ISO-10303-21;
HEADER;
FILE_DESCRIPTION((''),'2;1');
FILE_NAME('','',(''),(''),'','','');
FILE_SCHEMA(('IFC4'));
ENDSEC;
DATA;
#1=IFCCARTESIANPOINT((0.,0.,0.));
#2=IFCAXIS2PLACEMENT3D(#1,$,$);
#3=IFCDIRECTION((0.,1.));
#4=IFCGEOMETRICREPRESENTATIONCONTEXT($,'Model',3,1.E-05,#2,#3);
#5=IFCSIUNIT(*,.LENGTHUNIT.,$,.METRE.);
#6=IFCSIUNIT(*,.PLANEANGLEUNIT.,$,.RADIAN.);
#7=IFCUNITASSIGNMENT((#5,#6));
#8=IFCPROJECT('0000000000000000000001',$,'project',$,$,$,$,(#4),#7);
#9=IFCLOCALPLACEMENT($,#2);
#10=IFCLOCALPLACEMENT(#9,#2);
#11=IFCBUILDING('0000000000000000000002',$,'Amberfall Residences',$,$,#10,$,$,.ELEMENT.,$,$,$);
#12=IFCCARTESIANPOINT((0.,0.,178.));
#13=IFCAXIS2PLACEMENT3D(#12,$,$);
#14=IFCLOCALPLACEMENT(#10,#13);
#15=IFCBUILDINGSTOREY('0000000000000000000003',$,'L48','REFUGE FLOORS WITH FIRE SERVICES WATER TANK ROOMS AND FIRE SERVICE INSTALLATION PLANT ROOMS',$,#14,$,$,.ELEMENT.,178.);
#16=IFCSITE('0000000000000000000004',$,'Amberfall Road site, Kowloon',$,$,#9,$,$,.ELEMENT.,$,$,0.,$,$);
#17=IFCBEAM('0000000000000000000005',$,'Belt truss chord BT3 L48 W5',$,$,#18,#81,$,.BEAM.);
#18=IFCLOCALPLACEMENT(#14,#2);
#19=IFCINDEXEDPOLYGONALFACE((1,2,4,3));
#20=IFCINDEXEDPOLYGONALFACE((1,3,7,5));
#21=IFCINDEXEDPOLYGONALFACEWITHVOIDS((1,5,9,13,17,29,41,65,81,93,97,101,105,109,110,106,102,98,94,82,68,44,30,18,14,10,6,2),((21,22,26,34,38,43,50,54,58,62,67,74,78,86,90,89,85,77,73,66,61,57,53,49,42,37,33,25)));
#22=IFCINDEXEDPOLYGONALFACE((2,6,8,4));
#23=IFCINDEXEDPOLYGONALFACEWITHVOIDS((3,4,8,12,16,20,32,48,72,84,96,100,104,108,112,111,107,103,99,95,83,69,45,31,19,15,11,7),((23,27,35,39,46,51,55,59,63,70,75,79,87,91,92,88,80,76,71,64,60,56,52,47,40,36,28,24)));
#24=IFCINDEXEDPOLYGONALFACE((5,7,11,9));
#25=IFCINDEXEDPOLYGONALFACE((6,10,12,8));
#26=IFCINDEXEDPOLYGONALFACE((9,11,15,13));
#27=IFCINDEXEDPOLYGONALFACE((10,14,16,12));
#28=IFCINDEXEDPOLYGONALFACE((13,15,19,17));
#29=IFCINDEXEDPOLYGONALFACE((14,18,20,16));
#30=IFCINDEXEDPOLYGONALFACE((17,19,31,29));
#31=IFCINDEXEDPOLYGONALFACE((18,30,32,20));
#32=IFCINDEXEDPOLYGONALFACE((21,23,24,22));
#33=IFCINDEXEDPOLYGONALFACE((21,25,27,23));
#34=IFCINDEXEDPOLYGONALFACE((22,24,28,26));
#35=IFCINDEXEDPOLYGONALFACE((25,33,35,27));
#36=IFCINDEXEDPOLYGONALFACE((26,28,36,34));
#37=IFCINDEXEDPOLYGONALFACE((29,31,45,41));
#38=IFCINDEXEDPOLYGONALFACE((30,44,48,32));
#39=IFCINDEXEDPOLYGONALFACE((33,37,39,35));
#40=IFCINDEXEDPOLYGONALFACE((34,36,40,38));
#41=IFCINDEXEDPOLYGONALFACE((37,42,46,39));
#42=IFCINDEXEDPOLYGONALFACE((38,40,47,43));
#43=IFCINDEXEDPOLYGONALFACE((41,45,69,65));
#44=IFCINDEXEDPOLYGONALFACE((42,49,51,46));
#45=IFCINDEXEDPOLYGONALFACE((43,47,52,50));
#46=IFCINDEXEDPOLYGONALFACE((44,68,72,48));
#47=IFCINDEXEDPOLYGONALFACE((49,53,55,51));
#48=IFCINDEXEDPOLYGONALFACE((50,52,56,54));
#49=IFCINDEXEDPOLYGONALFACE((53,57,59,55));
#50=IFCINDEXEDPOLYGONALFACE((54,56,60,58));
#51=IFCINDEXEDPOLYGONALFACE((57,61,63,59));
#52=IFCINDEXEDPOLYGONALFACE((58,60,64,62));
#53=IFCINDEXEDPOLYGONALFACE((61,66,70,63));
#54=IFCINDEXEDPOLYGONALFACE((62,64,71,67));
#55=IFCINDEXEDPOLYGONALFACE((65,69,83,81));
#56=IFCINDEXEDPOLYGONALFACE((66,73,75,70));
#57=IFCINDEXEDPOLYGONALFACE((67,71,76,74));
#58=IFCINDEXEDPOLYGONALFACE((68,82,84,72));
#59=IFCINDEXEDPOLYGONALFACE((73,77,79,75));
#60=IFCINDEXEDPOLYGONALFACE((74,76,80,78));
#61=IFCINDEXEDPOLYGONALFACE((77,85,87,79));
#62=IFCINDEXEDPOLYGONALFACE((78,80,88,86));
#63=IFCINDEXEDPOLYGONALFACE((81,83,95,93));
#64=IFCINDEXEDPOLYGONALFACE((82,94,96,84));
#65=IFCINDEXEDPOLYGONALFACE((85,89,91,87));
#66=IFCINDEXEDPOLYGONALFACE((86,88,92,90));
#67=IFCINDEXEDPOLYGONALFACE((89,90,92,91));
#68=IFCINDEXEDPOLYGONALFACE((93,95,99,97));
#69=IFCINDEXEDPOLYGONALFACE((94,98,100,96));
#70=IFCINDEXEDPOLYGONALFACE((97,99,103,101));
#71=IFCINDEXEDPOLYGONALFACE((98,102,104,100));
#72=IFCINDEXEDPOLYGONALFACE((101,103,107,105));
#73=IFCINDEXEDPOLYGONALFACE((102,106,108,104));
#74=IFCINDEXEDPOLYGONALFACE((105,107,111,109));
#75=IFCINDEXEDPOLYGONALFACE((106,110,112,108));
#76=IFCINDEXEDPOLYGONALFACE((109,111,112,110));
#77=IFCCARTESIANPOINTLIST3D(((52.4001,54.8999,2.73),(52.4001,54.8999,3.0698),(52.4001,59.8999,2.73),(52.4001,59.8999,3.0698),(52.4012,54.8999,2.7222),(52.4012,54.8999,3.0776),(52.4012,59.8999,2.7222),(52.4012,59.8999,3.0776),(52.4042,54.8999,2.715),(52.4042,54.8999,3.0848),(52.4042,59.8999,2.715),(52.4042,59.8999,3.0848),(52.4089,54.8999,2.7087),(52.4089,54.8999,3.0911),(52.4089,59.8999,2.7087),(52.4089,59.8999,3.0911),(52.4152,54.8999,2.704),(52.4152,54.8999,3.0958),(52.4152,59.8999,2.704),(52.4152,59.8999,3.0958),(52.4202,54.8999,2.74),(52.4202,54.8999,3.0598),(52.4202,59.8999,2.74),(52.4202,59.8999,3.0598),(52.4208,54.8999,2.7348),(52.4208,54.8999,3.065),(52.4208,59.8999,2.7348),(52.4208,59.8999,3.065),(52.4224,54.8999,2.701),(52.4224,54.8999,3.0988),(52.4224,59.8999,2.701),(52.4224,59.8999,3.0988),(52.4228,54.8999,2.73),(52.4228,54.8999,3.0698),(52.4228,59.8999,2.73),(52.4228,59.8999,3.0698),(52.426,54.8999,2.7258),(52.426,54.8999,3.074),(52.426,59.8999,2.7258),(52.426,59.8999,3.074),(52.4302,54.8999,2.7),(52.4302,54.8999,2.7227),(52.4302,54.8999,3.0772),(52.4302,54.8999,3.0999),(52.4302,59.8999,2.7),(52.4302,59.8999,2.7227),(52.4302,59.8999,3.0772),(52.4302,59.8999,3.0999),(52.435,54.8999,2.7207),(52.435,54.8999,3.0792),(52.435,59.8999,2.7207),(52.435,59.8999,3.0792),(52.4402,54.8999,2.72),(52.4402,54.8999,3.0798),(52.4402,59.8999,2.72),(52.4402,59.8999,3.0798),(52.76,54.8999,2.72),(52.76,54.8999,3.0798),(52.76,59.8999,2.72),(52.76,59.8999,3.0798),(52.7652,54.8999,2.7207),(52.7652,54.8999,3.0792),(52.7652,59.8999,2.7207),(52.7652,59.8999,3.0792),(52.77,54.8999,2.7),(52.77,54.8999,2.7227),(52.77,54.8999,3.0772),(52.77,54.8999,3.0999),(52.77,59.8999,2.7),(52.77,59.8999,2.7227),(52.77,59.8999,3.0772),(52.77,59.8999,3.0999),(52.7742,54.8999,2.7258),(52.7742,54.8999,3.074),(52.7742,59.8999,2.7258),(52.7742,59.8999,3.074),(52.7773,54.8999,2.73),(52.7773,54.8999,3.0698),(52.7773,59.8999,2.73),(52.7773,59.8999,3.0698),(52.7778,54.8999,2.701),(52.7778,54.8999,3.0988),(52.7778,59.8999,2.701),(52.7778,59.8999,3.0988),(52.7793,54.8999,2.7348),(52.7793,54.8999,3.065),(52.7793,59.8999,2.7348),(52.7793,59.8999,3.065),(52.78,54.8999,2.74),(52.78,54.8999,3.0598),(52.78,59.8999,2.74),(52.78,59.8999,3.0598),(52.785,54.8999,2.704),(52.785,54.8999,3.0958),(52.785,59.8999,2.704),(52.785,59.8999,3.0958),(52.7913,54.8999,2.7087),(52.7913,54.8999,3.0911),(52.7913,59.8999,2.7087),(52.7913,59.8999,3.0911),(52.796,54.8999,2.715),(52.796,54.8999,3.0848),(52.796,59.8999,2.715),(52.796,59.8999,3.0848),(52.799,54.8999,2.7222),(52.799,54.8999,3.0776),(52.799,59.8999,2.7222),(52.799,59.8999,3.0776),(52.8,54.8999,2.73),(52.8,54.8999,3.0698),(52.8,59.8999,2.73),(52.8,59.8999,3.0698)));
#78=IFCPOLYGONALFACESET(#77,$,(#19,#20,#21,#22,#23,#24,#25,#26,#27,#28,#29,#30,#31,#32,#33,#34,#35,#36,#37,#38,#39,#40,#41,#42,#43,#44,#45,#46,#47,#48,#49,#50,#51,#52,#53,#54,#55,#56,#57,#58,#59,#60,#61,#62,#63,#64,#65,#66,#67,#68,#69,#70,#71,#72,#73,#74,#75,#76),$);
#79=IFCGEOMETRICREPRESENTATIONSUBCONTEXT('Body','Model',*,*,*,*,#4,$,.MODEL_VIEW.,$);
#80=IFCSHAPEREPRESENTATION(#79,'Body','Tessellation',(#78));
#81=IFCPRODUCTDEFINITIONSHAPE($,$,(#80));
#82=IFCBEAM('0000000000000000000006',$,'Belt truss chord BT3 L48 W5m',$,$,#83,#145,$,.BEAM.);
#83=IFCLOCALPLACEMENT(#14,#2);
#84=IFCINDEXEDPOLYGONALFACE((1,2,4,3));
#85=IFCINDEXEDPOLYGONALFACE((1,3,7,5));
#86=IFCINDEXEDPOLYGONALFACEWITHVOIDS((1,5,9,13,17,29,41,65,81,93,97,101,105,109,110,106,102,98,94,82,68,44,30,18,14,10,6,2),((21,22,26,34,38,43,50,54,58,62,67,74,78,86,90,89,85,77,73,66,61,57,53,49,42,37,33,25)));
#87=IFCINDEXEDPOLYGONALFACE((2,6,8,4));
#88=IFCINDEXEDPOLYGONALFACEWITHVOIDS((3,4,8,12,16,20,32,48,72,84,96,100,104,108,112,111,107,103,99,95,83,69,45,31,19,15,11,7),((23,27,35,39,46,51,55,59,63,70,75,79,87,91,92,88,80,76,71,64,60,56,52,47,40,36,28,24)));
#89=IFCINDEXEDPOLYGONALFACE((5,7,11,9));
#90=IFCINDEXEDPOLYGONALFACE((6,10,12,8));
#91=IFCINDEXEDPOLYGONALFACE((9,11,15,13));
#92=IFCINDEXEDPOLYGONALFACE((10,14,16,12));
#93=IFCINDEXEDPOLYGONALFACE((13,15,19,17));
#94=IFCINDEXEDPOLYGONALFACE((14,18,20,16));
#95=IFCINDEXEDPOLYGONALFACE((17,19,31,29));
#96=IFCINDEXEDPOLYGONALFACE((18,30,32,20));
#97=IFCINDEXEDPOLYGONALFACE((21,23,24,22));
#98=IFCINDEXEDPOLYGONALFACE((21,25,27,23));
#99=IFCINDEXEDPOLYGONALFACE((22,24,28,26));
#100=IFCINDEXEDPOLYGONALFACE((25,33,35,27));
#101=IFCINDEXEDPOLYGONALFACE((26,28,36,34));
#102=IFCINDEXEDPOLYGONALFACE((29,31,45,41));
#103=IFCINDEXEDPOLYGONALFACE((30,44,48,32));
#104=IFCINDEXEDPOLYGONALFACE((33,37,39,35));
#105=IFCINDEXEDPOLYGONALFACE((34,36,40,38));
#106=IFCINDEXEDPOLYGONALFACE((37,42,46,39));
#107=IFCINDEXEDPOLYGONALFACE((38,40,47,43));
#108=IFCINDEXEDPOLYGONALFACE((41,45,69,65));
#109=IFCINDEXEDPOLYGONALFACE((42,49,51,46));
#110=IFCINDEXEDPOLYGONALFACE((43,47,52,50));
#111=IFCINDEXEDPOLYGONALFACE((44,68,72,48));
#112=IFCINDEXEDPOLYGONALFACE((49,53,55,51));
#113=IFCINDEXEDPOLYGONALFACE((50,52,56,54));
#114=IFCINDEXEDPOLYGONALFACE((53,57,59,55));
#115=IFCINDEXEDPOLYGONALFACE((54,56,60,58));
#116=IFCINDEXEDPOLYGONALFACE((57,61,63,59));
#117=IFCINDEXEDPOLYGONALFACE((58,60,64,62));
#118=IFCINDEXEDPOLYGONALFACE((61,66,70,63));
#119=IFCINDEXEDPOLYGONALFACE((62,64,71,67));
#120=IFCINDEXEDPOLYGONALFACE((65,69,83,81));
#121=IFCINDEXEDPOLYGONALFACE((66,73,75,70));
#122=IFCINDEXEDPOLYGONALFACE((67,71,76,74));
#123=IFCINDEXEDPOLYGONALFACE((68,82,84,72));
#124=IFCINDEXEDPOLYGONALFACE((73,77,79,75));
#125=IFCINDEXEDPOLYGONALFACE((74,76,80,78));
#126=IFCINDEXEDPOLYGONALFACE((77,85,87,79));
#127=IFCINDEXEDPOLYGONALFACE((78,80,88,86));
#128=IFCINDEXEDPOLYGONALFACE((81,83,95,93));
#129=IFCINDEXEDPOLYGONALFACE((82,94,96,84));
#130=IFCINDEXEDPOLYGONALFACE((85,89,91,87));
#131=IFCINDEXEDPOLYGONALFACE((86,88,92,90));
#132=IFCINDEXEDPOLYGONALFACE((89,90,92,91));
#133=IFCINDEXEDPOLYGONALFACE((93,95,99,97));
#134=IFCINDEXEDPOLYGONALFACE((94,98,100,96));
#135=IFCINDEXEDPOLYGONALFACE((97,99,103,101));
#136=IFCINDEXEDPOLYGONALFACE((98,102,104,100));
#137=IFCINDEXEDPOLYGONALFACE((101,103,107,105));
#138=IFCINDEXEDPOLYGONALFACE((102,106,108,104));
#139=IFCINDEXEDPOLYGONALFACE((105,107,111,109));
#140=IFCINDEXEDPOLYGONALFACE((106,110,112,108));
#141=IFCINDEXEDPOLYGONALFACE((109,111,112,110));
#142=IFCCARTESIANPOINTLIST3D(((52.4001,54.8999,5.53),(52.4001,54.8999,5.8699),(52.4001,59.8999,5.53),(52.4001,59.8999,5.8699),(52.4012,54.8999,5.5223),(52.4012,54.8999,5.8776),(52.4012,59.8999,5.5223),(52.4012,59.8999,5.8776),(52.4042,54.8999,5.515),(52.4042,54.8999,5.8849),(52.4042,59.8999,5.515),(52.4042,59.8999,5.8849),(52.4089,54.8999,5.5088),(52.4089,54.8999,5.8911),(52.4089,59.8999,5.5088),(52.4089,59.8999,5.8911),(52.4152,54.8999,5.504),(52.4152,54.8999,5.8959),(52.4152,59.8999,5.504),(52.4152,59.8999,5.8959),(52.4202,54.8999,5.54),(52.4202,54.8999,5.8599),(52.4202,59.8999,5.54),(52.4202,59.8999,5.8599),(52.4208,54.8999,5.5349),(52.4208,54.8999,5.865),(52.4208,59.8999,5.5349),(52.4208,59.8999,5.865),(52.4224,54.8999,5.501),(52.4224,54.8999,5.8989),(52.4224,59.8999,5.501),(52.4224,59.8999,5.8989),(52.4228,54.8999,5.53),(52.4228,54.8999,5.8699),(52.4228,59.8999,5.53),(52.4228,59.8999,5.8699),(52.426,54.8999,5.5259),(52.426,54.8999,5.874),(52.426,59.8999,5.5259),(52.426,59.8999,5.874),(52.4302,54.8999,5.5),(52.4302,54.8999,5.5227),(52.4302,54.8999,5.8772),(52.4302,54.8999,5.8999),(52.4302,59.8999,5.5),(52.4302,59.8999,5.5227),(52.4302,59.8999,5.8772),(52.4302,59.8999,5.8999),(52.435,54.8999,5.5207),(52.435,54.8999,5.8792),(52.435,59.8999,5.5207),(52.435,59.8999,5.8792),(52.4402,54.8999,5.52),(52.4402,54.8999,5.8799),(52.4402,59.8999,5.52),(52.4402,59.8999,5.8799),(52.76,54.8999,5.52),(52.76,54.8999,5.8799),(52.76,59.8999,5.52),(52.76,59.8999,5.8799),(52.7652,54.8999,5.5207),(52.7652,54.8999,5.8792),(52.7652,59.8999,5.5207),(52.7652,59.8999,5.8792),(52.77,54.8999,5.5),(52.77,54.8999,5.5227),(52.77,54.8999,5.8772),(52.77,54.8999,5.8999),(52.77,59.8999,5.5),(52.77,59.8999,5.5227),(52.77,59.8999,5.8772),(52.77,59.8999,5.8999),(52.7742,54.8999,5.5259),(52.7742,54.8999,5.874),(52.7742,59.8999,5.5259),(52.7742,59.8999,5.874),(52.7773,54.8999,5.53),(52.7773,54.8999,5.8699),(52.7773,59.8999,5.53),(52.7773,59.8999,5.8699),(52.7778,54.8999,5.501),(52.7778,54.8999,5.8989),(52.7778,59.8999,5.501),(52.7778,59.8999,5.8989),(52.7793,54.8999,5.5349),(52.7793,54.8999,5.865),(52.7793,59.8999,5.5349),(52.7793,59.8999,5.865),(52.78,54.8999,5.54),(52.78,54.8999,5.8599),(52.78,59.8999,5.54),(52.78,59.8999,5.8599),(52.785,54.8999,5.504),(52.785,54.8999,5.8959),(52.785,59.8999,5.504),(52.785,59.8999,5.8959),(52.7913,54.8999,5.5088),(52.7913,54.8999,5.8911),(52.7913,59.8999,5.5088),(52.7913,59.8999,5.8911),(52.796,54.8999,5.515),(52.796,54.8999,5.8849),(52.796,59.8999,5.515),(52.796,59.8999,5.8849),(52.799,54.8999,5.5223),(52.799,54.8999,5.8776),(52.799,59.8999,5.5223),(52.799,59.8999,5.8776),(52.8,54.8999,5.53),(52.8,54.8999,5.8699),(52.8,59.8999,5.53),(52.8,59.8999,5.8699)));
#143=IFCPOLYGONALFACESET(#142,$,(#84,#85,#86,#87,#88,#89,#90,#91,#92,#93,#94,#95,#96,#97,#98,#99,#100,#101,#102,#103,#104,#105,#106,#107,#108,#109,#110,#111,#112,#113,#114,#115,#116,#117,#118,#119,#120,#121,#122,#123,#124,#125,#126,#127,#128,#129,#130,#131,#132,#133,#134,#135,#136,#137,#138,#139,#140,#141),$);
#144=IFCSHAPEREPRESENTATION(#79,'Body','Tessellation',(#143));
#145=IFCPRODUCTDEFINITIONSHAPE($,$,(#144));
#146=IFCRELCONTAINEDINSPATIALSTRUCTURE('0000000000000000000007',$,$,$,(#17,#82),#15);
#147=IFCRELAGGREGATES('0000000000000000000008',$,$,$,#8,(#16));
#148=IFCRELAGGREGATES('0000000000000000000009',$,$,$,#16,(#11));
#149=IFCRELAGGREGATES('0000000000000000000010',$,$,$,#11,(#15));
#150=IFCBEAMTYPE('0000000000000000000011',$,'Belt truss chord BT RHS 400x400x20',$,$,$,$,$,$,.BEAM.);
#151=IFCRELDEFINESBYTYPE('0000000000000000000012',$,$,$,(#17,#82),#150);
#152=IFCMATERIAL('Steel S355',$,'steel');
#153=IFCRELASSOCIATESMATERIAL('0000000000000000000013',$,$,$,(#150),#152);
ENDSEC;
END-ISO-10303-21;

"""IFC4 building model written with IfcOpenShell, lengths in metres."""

from ifc_helpers import new_model, si_unit, direction, frame, origin, origin_2d, place, context, subcontext, project, spatial, hollow_rectangle, extrude, material, material_profile, profile_set, type_object, element, save


model = new_model("IFC4")

# Units and contexts
model_context = context("Model", 3, precision=1e-05, world=origin(), true_north=direction((0.0, 1.0)))
body_context = subcontext(model_context, "Body", "Model", "MODEL_VIEW")
ifc_project = project(units=[si_unit("LENGTHUNIT", "METRE"), si_unit("PLANEANGLEUNIT", "RADIAN")], contexts=[model_context])

# Site, building, storey
site_placement = place(None, origin())
site = spatial("IfcSite", under=ifc_project, at=site_placement, Name="Amberfall Road site, Kowloon", CompositionType="ELEMENT", RefElevation=0.0)
building_placement = place(site_placement, origin())
building = spatial("IfcBuilding", under=site, at=building_placement, Name="Amberfall Residences", CompositionType="ELEMENT")
storey_placement = place(building_placement, frame((0.0, 0.0, 178.0)))
storey = spatial("IfcBuildingStorey", under=building, at=storey_placement, Name="L48", Description="REFUGE FLOORS WITH FIRE SERVICES WATER TANK ROOMS AND FIRE SERVICE INSTALLATION PLANT ROOMS", CompositionType="ELEMENT", Elevation=178.0)

# Beams
ifc_material_1 = material(Name="Steel S355", Category="steel")
ifc_material_profile_1 = material_profile(ifc_material_1, hollow_rectangle(XDim=0.3999, YDim=0.3999, WallThickness=0.02, InnerFilletRadius=0.02, OuterFilletRadius=0.03, at=origin_2d()), Name="RHS 400x400x20")
ifc_profile_set_1 = profile_set([ifc_material_profile_1], Name="Steel S355")
beam_type_1 = type_object("IfcBeamType", Name="Belt truss chord BT RHS 400x400x20", PredefinedType="BEAM", material=ifc_profile_set_1)
for number, where, z_axis, x_axis, name in (
    (1, (52.6001, 54.8999, 2.8999), (0.0, 1.0, 0.0), (-1.0, 0.0, 0.0), "Belt truss chord BT3 L48 W5"),
    (2, (52.6001, 54.8999, 5.7), (0.0, 1.0, 0.0), (-1.0, 0.0, 0.0), "Belt truss chord BT3 L48 W5m"),
):
    element("IfcBeam", number, at=place(storey_placement, frame(where, z_axis=z_axis, x_axis=x_axis)), inside=storey, type_object=beam_type_1, Name=name, PredefinedType="BEAM", context=body_context, shape_type="SweptSolid", body=[
        extrude(hollow_rectangle(XDim=0.3999, YDim=0.3999, WallThickness=0.02, InnerFilletRadius=0.02, OuterFilletRadius=0.03, at=origin_2d()), origin(), (0.0, 0.0, 1.0), 5.0),
    ])

save(model, "model.ifc")
